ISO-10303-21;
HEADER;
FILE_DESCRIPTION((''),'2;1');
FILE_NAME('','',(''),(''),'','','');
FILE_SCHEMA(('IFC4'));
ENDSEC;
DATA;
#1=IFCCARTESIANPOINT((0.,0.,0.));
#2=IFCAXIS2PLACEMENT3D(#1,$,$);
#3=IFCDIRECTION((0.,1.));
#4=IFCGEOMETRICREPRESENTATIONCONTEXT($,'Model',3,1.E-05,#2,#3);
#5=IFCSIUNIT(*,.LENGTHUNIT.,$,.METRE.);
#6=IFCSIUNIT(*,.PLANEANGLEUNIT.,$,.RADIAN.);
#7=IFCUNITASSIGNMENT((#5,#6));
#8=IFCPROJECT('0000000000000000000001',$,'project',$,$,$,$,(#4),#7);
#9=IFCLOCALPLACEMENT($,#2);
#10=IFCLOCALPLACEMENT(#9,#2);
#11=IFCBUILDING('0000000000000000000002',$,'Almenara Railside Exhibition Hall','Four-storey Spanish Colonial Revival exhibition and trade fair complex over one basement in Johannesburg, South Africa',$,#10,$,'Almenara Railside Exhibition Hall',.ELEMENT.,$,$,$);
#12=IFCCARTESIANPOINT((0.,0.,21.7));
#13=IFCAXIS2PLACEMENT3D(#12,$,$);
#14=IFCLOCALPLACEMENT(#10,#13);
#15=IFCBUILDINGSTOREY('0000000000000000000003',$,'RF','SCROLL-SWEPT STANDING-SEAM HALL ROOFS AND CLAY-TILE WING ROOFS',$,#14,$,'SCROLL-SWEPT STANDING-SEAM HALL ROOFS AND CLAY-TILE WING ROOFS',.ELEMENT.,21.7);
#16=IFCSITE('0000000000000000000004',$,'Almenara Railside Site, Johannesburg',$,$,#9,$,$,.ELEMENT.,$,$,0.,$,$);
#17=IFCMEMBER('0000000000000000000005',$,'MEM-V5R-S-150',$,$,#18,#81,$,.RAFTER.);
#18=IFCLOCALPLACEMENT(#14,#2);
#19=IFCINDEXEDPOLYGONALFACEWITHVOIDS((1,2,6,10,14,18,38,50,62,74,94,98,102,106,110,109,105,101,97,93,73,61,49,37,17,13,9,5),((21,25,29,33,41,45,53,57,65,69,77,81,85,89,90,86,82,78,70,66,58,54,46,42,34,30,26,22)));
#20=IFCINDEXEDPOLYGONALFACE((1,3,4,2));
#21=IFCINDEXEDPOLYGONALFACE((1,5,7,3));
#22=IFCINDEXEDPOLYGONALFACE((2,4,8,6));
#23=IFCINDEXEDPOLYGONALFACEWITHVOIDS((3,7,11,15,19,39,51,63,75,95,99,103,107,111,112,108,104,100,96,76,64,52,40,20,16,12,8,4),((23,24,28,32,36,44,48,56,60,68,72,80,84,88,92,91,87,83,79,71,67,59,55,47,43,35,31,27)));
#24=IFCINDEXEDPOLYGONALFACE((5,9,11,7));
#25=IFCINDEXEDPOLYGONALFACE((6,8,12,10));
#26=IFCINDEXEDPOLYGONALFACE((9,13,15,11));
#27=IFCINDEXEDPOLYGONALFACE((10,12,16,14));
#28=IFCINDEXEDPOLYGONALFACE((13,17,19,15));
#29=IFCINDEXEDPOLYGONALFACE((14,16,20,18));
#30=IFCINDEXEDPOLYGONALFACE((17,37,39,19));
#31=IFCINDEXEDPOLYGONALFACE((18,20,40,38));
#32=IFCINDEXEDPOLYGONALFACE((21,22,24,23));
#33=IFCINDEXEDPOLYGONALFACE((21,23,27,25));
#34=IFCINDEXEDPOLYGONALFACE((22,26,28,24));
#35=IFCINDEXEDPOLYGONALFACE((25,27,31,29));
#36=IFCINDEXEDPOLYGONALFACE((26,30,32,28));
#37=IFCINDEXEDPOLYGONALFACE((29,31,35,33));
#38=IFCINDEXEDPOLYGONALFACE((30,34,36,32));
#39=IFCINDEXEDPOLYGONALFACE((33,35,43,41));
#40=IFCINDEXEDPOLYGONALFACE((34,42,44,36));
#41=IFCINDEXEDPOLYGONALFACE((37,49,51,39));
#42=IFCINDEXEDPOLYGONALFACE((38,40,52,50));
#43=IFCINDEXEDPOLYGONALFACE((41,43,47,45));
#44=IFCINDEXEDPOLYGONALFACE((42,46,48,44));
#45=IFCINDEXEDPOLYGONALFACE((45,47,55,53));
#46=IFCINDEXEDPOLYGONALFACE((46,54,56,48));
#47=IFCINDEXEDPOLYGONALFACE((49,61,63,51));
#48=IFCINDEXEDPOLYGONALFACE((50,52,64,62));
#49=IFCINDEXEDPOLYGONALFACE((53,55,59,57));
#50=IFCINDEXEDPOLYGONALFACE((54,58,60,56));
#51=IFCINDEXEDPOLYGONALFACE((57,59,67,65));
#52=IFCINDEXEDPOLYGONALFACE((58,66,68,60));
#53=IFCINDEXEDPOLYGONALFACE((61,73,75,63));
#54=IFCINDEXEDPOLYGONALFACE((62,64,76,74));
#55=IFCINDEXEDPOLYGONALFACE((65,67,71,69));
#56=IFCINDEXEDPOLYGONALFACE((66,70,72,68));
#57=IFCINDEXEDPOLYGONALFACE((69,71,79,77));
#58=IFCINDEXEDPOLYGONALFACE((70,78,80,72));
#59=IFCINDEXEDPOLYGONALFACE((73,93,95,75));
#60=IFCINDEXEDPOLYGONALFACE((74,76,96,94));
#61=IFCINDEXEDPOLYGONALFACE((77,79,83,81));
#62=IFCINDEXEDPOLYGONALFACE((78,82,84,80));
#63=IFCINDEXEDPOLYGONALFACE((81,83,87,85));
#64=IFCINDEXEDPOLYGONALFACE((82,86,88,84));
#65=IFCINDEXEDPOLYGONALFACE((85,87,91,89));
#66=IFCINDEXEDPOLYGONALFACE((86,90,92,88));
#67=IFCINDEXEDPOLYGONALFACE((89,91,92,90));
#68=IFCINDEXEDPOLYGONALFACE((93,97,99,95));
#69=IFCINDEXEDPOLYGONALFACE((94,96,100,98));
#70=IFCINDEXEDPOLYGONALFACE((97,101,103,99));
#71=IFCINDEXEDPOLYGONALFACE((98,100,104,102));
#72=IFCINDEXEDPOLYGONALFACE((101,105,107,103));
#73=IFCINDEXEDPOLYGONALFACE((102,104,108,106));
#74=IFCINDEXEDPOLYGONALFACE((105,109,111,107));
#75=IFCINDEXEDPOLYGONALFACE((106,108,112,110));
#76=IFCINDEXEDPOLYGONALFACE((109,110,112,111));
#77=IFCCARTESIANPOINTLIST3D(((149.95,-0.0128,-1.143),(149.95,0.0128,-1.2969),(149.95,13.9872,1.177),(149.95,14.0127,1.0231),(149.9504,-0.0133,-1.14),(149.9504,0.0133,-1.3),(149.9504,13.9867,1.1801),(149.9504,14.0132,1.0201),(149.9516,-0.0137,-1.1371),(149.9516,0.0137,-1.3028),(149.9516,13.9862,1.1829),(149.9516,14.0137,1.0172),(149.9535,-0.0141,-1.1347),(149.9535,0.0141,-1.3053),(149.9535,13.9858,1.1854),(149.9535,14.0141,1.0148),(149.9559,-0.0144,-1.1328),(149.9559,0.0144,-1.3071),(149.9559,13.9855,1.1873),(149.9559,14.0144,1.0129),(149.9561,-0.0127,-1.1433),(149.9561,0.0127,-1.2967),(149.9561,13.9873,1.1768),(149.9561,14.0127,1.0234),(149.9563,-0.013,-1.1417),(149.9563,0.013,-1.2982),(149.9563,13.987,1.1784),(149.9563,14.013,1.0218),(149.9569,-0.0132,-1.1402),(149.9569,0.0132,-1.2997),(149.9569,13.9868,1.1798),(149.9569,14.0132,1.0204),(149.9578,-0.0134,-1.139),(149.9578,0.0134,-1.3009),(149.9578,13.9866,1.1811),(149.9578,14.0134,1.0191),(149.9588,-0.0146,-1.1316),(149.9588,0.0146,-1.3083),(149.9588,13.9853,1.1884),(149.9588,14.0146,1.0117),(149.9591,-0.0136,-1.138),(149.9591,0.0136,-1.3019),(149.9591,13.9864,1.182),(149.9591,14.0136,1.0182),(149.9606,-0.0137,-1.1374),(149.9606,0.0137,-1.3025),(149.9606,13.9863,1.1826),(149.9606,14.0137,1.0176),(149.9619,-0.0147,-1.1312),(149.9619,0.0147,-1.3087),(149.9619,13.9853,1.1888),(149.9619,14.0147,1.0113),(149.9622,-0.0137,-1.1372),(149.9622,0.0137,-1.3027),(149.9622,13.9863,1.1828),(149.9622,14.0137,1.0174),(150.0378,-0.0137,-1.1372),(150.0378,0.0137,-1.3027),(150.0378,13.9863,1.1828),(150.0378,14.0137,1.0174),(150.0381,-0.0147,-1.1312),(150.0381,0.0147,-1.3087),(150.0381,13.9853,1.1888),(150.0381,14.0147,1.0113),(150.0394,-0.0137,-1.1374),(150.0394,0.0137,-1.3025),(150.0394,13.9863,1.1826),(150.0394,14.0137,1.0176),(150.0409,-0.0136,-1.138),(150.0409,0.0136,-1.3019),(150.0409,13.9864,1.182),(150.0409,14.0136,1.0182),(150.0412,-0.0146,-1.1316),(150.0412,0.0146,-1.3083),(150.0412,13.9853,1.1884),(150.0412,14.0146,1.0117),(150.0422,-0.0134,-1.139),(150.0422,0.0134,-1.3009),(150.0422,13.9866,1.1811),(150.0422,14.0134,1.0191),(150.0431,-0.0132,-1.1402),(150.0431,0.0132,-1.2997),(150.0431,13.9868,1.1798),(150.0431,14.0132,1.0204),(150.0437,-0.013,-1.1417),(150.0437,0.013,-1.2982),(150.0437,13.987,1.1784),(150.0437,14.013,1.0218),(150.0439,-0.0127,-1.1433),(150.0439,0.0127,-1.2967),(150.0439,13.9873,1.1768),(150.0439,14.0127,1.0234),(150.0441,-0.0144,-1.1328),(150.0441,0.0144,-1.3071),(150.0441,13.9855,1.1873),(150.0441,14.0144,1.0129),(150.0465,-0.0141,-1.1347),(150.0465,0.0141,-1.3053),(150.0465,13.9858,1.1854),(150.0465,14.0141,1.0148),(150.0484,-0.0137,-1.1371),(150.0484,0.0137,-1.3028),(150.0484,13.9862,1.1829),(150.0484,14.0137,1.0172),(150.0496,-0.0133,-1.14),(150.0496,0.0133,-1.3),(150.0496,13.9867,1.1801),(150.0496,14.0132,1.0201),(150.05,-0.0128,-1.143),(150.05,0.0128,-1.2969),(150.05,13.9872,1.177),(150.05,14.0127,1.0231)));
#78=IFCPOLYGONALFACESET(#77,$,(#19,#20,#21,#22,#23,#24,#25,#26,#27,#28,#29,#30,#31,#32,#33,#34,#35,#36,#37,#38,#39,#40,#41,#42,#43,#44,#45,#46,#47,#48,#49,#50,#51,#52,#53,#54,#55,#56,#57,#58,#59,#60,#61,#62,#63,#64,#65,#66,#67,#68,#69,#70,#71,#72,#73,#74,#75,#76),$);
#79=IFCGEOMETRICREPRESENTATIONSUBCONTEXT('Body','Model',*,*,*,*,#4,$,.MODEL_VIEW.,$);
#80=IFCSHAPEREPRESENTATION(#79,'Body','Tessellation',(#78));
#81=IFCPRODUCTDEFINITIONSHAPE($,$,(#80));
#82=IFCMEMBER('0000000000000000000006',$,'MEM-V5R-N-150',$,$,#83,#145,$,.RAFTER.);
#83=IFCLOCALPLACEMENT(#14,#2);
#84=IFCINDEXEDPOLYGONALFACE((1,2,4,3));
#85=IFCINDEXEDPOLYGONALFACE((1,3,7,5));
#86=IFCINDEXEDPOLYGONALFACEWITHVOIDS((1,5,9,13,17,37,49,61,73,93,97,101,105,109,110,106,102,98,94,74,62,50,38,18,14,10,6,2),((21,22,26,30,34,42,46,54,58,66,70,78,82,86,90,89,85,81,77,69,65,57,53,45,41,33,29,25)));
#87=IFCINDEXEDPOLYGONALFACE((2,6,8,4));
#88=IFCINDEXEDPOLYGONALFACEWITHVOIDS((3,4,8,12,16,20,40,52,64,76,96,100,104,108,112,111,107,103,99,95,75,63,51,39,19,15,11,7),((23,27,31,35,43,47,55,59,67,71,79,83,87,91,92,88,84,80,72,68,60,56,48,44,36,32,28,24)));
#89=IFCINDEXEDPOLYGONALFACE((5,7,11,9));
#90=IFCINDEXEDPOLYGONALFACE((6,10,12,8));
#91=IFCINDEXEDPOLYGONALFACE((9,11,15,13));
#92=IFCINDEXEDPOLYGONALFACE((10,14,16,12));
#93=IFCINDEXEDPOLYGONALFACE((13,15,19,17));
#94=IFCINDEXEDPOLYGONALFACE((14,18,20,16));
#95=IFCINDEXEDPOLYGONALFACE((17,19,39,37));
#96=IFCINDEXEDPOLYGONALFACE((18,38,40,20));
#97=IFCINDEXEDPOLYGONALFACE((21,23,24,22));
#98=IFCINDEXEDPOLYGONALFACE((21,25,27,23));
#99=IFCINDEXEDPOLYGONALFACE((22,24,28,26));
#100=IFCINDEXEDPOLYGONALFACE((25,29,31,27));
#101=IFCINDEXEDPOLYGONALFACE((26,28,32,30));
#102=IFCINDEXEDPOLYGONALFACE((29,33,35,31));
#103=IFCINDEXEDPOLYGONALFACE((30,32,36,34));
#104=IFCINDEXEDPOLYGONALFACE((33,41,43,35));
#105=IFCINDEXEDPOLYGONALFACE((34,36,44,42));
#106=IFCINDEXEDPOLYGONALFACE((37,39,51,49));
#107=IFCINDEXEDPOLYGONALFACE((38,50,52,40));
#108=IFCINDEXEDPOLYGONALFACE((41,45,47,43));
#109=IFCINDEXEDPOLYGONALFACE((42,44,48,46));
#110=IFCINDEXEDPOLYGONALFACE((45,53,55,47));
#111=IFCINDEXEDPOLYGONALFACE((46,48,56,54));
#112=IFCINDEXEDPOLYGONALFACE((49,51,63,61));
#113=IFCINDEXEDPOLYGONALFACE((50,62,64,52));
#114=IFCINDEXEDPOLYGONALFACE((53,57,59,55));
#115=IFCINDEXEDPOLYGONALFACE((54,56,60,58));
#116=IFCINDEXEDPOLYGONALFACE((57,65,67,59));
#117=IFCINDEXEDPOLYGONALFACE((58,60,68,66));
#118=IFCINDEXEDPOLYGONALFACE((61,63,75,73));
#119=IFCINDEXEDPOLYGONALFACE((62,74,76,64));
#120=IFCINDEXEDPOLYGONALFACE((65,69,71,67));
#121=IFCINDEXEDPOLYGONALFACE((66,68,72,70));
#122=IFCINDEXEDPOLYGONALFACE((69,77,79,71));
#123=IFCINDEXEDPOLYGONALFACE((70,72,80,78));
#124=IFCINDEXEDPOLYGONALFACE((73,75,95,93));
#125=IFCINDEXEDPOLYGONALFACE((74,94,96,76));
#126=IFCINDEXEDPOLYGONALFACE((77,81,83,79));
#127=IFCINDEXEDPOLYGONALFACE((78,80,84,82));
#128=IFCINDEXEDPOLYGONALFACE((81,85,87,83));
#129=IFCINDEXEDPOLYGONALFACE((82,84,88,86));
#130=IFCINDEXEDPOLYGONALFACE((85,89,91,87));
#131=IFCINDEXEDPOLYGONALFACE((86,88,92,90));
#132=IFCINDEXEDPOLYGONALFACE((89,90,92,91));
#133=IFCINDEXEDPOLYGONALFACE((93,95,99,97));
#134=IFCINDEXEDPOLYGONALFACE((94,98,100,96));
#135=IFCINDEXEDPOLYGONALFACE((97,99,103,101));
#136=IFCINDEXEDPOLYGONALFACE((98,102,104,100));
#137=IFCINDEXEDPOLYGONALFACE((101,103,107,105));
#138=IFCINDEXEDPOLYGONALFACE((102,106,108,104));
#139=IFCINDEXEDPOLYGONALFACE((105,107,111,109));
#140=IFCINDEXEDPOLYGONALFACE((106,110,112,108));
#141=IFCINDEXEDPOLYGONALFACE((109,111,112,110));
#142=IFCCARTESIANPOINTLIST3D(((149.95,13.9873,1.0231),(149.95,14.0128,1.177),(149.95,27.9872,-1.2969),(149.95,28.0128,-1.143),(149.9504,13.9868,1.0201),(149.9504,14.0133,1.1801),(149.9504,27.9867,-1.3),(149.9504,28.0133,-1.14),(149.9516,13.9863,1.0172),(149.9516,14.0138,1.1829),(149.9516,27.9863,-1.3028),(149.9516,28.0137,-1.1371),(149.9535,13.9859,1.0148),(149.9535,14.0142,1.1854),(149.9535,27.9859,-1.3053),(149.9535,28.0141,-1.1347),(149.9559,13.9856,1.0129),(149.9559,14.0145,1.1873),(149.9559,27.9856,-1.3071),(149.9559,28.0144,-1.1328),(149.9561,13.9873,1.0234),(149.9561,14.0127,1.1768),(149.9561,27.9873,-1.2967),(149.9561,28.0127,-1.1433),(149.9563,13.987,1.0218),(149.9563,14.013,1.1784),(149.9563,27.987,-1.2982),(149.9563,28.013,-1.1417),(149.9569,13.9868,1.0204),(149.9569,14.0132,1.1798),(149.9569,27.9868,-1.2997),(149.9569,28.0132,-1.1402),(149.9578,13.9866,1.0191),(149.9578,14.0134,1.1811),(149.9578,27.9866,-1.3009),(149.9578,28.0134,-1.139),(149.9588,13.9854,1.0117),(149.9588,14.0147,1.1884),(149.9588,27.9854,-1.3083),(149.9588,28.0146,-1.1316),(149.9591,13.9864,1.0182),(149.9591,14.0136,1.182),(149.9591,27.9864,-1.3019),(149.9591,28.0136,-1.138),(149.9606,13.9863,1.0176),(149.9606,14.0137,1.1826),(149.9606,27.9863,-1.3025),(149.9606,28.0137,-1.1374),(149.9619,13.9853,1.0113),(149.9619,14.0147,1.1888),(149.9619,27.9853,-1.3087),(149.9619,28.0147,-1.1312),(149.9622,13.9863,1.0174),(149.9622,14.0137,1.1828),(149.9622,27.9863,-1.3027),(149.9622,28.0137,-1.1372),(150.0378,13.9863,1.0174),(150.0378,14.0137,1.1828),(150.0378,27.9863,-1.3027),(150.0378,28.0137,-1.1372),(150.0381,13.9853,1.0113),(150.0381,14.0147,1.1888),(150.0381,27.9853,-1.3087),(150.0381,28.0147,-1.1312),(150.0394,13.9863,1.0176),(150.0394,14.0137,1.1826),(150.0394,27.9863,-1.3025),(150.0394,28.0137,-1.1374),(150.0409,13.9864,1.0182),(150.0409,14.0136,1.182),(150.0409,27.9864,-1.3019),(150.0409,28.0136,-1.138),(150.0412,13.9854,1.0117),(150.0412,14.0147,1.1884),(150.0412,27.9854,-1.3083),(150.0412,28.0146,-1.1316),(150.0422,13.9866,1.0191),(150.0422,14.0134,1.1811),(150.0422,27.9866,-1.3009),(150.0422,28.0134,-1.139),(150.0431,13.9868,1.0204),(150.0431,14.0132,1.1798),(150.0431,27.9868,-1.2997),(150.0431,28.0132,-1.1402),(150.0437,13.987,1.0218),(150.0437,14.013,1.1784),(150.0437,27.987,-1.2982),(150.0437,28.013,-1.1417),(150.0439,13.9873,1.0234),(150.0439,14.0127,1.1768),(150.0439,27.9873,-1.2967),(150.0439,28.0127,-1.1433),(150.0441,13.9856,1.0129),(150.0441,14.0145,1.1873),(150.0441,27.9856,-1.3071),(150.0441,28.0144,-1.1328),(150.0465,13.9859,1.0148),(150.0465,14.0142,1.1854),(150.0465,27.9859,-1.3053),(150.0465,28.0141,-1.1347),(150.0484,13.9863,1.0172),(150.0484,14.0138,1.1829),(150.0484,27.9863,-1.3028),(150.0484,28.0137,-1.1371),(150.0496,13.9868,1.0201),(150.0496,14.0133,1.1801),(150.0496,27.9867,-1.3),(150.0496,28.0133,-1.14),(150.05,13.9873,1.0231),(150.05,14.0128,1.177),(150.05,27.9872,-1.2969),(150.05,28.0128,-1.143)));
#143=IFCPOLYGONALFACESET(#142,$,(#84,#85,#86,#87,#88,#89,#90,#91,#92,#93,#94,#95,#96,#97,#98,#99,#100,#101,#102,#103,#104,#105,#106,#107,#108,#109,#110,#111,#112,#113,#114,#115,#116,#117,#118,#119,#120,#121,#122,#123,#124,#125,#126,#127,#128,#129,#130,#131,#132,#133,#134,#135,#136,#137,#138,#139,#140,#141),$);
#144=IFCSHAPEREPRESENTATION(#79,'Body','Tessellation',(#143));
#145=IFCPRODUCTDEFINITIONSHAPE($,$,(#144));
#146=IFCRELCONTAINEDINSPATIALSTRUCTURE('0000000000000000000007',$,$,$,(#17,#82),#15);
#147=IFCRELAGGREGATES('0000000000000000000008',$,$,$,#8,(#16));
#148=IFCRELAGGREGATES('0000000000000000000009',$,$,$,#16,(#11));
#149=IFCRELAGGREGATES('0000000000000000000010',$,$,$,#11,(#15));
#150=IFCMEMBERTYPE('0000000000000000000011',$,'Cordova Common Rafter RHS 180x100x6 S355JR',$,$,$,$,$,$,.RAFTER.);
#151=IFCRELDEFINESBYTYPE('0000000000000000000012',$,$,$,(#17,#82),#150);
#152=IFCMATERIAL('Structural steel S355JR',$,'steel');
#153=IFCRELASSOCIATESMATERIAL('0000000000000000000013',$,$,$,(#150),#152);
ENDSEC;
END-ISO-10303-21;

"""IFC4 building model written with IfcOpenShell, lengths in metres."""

from ifc_helpers import new_model, si_unit, direction, frame, origin, origin_2d, place, context, subcontext, project, spatial, hollow_rectangle, extrude, material, material_profile, profile_set, type_object, element, save


model = new_model("IFC4")

# Units and contexts
model_context = context("Model", 3, precision=1e-05, world=origin(), true_north=direction((0.0, 1.0)))
body_context = subcontext(model_context, "Body", "Model", "MODEL_VIEW")
ifc_project = project(units=[si_unit("LENGTHUNIT", "METRE"), si_unit("PLANEANGLEUNIT", "RADIAN")], contexts=[model_context])

# Site, building, storey
site_placement = place(None, origin())
site = spatial("IfcSite", under=ifc_project, at=site_placement, Name="Almenara Railside Site, Johannesburg", CompositionType="ELEMENT", RefElevation=0.0)
building_placement = place(site_placement, origin())
building = spatial("IfcBuilding", under=site, at=building_placement, Name="Almenara Railside Exhibition Hall", Description="Four-storey Spanish Colonial Revival exhibition and trade fair complex over one basement in Johannesburg, South Africa", LongName="Almenara Railside Exhibition Hall", CompositionType="ELEMENT")
storey_placement = place(building_placement, frame((0.0, 0.0, 21.7)))
storey = spatial("IfcBuildingStorey", under=building, at=storey_placement, Name="RF", Description="SCROLL-SWEPT STANDING-SEAM HALL ROOFS AND CLAY-TILE WING ROOFS", LongName="SCROLL-SWEPT STANDING-SEAM HALL ROOFS AND CLAY-TILE WING ROOFS", CompositionType="ELEMENT", Elevation=21.7)

# Members
ifc_material_1 = material(Name="Structural steel S355JR", Category="steel")
ifc_material_profile_1 = material_profile(ifc_material_1, hollow_rectangle(XDim=0.1001, YDim=0.1799, WallThickness=0.0061, InnerFilletRadius=0.0061, OuterFilletRadius=0.012, at=origin_2d()), Name="RHS 180x100x6")
ifc_profile_set_1 = profile_set([ifc_material_profile_1], Name="Structural steel S355JR")
member_type_1 = type_object("IfcMemberType", Name="Cordova Common Rafter RHS 180x100x6 S355JR", PredefinedType="RAFTER", material=ifc_profile_set_1)
for number, where, z_axis, x_axis, name in (
    (1, (150.0, 0.0, -1.22), (0.0, 0.986545, 0.163489), (-1.0, 0.0, 0.0), "MEM-V5R-S-150"),
    (2, (150.0, 28.0, -1.22), (0.0, -0.986545, 0.163489), (1.0, 0.0, 0.0), "MEM-V5R-N-150"),
):
    element("IfcMember", number, at=place(storey_placement, frame(where, z_axis=z_axis, x_axis=x_axis)), inside=storey, type_object=member_type_1, Name=name, PredefinedType="RAFTER", context=body_context, shape_type="SweptSolid", body=[
        extrude(hollow_rectangle(XDim=0.1001, YDim=0.1799, WallThickness=0.0061, InnerFilletRadius=0.0061, OuterFilletRadius=0.012, at=origin_2d()), origin(), (0.0, 0.0, 1.0), 14.1909),
    ])

save(model, "model.ifc")
